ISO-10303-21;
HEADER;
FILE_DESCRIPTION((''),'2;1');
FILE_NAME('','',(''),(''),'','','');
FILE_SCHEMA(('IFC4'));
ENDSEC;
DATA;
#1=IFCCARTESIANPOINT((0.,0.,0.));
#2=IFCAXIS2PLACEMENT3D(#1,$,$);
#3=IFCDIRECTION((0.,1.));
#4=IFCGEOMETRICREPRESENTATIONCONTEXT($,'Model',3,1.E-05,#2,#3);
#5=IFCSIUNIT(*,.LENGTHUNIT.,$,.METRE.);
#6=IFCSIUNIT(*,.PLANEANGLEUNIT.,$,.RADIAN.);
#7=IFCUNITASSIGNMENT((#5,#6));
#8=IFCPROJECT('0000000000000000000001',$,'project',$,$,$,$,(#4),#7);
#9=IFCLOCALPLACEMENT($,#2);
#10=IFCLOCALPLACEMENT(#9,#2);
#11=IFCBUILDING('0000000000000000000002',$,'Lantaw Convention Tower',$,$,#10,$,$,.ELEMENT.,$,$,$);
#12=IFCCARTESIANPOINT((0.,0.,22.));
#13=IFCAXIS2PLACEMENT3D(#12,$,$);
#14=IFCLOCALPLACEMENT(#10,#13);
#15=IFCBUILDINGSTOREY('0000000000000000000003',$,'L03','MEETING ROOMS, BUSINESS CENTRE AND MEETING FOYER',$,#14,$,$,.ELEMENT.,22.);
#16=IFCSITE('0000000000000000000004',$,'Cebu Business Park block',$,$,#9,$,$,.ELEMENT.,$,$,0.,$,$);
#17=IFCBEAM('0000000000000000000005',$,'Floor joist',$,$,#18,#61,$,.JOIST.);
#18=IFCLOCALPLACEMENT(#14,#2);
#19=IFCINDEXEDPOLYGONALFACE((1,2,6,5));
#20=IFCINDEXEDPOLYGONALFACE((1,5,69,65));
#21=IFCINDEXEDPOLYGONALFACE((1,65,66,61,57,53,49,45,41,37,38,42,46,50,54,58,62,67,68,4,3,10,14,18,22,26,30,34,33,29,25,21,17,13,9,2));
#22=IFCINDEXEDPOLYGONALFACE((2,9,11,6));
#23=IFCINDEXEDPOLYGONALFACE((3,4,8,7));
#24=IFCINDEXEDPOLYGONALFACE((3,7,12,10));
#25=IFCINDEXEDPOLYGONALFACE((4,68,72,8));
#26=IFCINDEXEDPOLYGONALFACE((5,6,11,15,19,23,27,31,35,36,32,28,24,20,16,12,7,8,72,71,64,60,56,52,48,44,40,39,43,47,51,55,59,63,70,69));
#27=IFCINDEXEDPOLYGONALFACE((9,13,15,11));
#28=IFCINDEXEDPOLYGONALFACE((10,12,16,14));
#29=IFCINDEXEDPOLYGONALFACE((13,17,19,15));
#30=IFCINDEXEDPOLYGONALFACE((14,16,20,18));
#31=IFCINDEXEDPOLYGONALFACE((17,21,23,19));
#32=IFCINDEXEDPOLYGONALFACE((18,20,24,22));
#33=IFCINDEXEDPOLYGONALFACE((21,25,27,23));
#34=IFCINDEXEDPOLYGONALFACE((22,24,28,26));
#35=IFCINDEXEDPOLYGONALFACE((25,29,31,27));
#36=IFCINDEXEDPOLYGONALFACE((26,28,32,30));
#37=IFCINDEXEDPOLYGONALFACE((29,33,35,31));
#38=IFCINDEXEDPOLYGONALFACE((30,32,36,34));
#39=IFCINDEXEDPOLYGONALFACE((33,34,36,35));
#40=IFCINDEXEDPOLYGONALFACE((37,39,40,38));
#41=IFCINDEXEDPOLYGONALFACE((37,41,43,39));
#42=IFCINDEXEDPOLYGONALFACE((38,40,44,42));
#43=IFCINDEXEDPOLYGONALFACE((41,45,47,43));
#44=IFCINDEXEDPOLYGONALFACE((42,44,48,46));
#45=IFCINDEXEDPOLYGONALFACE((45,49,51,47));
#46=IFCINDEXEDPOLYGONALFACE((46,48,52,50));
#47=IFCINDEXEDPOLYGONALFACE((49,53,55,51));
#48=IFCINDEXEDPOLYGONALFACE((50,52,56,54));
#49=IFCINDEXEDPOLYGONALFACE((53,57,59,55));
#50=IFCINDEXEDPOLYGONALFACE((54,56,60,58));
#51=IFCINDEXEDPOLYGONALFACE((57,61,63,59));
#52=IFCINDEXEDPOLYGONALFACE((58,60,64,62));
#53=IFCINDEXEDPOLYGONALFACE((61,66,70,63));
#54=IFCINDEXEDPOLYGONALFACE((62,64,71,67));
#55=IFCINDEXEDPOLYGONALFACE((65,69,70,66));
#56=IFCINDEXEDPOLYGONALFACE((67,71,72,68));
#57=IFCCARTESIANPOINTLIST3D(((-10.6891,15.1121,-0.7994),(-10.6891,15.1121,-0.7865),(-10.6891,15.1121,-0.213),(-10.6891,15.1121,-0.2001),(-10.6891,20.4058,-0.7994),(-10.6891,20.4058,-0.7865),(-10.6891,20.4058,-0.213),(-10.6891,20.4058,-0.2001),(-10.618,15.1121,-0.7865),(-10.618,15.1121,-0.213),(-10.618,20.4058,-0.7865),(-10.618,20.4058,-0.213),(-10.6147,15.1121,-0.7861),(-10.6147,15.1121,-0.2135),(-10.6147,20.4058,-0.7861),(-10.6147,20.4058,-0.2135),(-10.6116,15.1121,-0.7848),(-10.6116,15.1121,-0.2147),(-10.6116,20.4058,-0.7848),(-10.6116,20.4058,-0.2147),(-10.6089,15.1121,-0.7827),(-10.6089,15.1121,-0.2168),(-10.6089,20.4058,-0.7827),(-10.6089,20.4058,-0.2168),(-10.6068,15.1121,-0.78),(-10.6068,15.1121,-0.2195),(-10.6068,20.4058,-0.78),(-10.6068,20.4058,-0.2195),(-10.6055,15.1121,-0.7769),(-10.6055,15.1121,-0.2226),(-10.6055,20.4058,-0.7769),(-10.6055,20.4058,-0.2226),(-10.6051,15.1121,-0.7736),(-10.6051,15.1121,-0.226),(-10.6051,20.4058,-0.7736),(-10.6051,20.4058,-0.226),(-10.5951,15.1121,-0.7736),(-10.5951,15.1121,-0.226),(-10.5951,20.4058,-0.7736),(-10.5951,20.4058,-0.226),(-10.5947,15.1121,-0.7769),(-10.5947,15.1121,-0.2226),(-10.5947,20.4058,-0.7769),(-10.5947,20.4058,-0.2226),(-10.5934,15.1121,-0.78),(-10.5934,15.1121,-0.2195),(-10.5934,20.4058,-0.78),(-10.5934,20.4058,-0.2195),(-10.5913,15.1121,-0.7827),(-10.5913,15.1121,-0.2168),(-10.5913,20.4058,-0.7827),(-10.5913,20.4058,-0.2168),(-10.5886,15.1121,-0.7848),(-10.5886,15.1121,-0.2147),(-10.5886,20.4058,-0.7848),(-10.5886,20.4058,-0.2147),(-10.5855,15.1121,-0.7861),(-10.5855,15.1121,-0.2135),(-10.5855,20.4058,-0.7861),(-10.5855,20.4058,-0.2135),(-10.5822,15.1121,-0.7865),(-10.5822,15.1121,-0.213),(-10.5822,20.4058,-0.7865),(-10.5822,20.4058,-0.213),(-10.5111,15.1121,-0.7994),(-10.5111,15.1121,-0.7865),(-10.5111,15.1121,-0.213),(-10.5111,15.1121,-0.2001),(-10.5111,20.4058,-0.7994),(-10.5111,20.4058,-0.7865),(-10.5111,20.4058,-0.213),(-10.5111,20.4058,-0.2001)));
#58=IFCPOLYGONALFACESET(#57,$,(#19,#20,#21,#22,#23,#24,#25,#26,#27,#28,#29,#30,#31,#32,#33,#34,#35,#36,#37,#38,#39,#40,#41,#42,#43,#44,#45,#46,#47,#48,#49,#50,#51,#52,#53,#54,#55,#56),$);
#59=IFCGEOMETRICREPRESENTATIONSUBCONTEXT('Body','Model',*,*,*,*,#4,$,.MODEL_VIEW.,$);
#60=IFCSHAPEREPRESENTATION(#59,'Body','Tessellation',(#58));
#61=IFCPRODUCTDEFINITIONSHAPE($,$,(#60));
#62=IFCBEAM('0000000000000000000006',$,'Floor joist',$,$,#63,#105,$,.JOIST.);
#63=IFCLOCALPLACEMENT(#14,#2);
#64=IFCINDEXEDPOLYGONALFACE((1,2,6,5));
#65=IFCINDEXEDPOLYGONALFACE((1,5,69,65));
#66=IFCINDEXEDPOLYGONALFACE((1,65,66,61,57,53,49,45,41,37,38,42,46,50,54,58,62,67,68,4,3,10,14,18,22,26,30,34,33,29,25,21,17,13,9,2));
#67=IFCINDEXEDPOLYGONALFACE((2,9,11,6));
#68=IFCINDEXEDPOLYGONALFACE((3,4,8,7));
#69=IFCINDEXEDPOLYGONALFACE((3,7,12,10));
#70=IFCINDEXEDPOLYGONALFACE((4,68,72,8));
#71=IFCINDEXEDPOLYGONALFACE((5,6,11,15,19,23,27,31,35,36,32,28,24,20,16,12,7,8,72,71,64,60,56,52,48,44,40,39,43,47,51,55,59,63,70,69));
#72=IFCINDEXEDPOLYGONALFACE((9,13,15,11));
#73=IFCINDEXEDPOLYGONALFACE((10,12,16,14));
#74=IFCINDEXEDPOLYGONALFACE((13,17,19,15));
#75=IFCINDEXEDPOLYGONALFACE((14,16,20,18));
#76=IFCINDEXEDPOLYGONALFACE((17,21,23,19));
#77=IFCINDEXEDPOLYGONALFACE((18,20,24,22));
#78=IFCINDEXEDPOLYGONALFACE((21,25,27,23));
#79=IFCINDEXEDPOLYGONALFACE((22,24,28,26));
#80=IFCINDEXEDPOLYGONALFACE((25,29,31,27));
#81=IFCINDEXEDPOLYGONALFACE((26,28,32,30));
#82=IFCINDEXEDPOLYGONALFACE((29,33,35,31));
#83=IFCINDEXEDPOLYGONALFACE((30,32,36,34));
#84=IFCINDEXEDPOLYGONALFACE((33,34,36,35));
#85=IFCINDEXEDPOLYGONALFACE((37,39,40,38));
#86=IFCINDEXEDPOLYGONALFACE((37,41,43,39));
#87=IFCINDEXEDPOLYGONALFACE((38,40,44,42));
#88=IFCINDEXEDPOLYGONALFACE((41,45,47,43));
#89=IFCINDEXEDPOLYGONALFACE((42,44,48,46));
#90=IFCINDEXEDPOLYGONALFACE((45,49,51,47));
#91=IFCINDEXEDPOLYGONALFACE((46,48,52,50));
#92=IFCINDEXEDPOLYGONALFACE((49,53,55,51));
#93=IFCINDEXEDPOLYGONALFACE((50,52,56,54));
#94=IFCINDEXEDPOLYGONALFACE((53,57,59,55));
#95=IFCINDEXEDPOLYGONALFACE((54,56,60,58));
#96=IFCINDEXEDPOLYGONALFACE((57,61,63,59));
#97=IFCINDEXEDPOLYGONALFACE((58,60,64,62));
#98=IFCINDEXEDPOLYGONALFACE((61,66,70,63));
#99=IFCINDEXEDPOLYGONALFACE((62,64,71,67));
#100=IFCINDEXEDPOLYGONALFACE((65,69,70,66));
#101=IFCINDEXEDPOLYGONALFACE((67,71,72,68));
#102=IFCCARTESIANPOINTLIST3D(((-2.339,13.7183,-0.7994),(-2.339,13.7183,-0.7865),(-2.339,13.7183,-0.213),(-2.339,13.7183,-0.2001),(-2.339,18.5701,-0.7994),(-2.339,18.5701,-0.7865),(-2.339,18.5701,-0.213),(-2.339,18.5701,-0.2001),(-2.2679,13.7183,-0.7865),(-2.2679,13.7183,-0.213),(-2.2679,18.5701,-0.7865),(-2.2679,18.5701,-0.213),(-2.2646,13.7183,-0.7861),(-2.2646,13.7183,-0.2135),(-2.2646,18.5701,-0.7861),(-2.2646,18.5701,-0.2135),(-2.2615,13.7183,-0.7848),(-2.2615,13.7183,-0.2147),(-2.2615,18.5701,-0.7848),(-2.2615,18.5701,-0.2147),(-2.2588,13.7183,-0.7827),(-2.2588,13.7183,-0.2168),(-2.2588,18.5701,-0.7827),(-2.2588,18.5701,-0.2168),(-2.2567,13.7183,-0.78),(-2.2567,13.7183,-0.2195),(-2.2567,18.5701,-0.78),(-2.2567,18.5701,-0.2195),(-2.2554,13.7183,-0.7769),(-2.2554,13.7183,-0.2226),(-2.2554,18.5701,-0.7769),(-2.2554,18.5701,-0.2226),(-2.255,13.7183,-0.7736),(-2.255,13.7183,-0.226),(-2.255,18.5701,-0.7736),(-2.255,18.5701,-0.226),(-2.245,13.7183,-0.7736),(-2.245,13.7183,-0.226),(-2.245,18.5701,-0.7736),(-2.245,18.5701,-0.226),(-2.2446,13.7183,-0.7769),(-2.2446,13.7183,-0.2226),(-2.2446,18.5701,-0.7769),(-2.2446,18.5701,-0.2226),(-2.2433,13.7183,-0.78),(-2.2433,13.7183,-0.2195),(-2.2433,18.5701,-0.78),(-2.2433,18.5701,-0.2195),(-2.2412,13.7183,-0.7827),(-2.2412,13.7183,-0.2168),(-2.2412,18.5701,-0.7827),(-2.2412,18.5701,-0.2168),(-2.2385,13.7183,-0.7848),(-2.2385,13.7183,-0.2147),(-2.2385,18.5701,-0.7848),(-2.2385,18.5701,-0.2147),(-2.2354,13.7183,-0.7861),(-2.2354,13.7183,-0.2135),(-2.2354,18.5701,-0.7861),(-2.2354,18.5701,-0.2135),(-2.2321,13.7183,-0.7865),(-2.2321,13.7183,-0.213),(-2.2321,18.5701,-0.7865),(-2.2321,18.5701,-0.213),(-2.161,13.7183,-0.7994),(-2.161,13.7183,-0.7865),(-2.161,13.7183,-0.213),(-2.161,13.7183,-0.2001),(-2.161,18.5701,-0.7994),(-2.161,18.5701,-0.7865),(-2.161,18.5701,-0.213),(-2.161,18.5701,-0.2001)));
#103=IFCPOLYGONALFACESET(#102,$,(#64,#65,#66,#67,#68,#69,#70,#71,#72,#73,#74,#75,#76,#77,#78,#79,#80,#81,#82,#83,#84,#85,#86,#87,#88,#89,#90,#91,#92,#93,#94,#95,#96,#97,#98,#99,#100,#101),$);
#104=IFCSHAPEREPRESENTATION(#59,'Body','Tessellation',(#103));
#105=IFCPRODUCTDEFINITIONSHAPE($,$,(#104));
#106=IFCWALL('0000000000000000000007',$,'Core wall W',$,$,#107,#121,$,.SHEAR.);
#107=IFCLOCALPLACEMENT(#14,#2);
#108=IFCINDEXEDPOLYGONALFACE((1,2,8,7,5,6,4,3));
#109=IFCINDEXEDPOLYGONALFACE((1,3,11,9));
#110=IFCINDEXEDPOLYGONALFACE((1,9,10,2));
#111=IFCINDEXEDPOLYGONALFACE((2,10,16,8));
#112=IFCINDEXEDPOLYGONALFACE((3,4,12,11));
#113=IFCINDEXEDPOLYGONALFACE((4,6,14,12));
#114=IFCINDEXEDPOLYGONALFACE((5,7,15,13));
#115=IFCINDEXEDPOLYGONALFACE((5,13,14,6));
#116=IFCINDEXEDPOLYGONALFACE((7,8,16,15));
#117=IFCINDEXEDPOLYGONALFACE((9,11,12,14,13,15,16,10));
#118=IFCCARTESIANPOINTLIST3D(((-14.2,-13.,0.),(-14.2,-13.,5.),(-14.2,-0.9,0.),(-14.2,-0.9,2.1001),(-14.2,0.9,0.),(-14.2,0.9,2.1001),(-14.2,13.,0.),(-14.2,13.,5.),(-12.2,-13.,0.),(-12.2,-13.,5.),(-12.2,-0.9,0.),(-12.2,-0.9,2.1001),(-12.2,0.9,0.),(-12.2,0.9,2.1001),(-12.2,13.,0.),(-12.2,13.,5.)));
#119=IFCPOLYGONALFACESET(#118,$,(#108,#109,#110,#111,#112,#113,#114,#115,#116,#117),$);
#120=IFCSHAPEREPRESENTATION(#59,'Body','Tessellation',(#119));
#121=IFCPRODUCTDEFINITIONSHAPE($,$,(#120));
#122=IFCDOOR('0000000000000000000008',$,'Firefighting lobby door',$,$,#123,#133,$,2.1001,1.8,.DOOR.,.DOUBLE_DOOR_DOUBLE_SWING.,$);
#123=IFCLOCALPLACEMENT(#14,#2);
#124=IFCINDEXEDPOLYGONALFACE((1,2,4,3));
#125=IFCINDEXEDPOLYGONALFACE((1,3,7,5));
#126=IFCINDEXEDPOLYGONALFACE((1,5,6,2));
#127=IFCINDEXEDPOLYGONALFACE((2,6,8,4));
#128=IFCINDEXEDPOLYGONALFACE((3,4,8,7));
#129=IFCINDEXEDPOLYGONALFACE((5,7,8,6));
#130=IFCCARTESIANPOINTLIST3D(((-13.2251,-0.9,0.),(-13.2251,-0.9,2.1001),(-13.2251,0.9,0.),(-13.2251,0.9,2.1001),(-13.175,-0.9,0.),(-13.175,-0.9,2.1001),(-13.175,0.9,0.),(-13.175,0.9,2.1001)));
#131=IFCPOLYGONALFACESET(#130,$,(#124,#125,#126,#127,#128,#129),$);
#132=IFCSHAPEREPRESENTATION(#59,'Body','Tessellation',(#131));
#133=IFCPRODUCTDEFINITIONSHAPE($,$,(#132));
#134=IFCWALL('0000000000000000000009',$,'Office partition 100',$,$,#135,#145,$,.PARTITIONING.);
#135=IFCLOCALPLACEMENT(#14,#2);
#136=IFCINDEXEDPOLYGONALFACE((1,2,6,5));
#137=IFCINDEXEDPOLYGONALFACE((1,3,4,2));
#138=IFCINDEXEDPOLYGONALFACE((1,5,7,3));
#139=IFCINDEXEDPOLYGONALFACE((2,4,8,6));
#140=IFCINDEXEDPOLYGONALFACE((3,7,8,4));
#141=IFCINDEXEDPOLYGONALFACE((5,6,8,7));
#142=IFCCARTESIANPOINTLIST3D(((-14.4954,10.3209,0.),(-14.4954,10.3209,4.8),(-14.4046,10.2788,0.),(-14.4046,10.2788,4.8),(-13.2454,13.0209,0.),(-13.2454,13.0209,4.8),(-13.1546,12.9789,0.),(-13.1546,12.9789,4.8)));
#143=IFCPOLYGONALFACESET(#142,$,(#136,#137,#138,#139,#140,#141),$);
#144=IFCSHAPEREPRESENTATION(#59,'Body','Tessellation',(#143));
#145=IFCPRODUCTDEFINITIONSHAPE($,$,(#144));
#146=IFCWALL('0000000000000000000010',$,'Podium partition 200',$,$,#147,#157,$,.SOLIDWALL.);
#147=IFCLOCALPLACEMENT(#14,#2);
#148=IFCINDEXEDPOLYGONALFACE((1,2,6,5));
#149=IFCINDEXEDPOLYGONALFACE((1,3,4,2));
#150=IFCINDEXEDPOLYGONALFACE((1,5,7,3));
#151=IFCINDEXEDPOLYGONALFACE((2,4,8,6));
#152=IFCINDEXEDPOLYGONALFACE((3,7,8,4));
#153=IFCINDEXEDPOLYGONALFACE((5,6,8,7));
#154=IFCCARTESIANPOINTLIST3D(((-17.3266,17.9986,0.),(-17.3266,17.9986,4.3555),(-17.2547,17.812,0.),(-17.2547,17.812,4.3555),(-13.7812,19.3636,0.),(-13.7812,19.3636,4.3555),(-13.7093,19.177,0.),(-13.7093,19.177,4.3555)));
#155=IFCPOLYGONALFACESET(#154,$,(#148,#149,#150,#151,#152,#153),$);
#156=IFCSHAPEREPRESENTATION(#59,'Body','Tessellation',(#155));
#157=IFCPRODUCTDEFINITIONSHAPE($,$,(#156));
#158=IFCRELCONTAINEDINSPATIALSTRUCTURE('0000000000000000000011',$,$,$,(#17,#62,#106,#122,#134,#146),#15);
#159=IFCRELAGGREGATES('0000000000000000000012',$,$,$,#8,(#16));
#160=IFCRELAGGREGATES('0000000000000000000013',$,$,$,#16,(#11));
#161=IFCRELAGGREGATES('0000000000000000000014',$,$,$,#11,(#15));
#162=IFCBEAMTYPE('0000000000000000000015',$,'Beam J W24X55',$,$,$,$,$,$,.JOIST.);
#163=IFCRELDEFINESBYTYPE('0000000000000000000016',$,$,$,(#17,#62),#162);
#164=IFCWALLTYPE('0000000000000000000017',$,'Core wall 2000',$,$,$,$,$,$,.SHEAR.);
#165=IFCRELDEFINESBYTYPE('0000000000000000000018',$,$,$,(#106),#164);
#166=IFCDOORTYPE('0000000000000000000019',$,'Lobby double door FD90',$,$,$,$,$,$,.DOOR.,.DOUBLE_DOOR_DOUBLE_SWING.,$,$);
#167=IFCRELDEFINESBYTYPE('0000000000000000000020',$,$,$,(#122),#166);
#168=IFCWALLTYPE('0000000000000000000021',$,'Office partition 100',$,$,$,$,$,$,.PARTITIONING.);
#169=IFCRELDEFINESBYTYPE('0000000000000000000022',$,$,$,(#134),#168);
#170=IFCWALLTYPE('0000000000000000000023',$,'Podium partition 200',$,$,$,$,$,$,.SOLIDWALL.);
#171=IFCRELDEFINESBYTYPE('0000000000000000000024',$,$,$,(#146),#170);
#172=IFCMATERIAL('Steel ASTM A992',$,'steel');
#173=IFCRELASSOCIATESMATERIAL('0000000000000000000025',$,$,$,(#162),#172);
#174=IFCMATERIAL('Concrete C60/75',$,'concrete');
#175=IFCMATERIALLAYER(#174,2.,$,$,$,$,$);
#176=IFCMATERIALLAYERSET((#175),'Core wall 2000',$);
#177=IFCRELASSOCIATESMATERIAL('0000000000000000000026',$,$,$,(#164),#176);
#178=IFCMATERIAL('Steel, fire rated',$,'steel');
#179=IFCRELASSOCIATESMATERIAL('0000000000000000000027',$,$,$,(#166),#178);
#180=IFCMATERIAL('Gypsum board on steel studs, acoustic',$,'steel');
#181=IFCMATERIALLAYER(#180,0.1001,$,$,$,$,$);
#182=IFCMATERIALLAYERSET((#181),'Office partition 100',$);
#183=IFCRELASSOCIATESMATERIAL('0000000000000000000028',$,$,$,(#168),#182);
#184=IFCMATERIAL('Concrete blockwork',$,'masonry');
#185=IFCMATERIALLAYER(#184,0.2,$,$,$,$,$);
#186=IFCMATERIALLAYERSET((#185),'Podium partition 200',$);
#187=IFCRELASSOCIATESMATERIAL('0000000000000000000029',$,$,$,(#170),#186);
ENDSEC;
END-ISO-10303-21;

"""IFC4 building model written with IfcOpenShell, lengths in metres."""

from ifc_helpers import new_model, si_unit, direction, frame, frame_2d, origin, origin_2d, place, context, subcontext, project, spatial, rectangle, i_section, extrude, material, layer, layer_set, material_profile, profile_set, type_object, element, fill, save


model = new_model("IFC4")

# Units and contexts
model_context = context("Model", 3, precision=1e-05, world=origin(), true_north=direction((0.0, 1.0)))
body_context = subcontext(model_context, "Body", "Model", "MODEL_VIEW")
ifc_project = project(units=[si_unit("LENGTHUNIT", "METRE"), si_unit("PLANEANGLEUNIT", "RADIAN")], contexts=[model_context])

# Site, building, storey
site_placement = place(None, origin())
site = spatial("IfcSite", under=ifc_project, at=site_placement, Name="Cebu Business Park block", CompositionType="ELEMENT", RefElevation=0.0)
building_placement = place(site_placement, origin())
building = spatial("IfcBuilding", under=site, at=building_placement, Name="Lantaw Convention Tower", CompositionType="ELEMENT")
storey_placement = place(building_placement, frame((0.0, 0.0, 22.0)))
storey = spatial("IfcBuildingStorey", under=building, at=storey_placement, Name="L03", Description="MEETING ROOMS, BUSINESS CENTRE AND MEETING FOYER", CompositionType="ELEMENT", Elevation=22.0)

# Shared definitions
ifc_material_1 = material(Name="Concrete C60/75", Category="concrete")

# Beams
ifc_material_2 = material(Name="Steel ASTM A992", Category="steel")
ifc_material_profile_1 = material_profile(ifc_material_2, i_section(OverallWidth=0.178, OverallDepth=0.5994, WebThickness=0.01, FlangeThickness=0.0129, FilletRadius=0.0129, at=origin_2d()), Name="W24X55")
ifc_profile_set_1 = profile_set([ifc_material_profile_1], Name="Steel ASTM A992")
beam_type_1 = type_object("IfcBeamType", Name="Beam J W24X55", PredefinedType="JOIST", material=ifc_profile_set_1)
beam_1_placement = place(storey_placement, frame((-10.6001, 15.1121, -0.4998), z_axis=(0.0, 1.0, 0.0), x_axis=(-1.0, 0.0, 0.0)))
element("IfcBeam", 1, at=beam_1_placement, inside=storey, type_object=beam_type_1, Name="Floor joist", PredefinedType="JOIST", context=body_context, shape_type="SweptSolid", body=[
    extrude(i_section(OverallWidth=0.178, OverallDepth=0.5994, WebThickness=0.01, FlangeThickness=0.0129, FilletRadius=0.0129, at=origin_2d()), origin(), (0.0, 0.0, 1.0), 5.2937),
])
beam_2_placement = place(storey_placement, frame((-2.25, 13.7183, -0.4998), z_axis=(0.0, 1.0, 0.0), x_axis=(-1.0, 0.0, 0.0)))
element("IfcBeam", 2, at=beam_2_placement, inside=storey, type_object=beam_type_1, Name="Floor joist", PredefinedType="JOIST", context=body_context, shape_type="SweptSolid", body=[
    extrude(i_section(OverallWidth=0.178, OverallDepth=0.5994, WebThickness=0.01, FlangeThickness=0.0129, FilletRadius=0.0129, at=origin_2d()), origin(), (0.0, 0.0, 1.0), 4.8518),
])

# Wall, opening, door
ifc_layer_1 = layer(ifc_material_1, 2.0)
ifc_layer_set_1 = layer_set([ifc_layer_1], Name="Core wall 2000")
wall_type_1 = type_object("IfcWallType", Name="Core wall 2000", PredefinedType="SHEAR", material=ifc_layer_set_1)
wall_1_placement = place(storey_placement, frame((-13.2, 13.0, 0.0), z_axis=(0.0, 0.0, 1.0), x_axis=(0.0, -1.0, 0.0)))
wall_1 = element("IfcWall", 3, at=wall_1_placement, inside=storey, type_object=wall_type_1, Name="Core wall W", PredefinedType="SHEAR", context=body_context, shape_type="SweptSolid", body=[
    extrude(rectangle(XDim=26.0, YDim=2.0, at=frame_2d((13.0, 0.0))), origin(), (0.0, 0.0, 1.0), 5.0),
])
opening_1_placement = place(wall_1_placement, frame((12.1001, 0.0, 0.0)))
opening_1 = element("IfcOpeningElement", 4, at=opening_1_placement, cuts=wall_1, PredefinedType="OPENING", context=body_context, shape_type="SweptSolid", body=[
    extrude(rectangle(XDim=1.8, YDim=2.1001, at=frame_2d((0.8999, 1.05))), frame((0.0, 1.01, 0.0), z_axis=(0.0, -1.0, 0.0), x_axis=(1.0, 0.0, 0.0)), (0.0, 0.0, 1.0), 2.02),
])
ifc_material_3 = material(Name="Steel, fire rated", Category="steel")
door_type_1 = type_object("IfcDoorType", Name="Lobby double door FD90", OperationType="DOUBLE_DOOR_DOUBLE_SWING", PredefinedType="DOOR", material=ifc_material_3)
door_1_placement = place(opening_1_placement, origin())
door_1 = element("IfcDoor", 5, at=door_1_placement, inside=storey, type_object=door_type_1, Name="Firefighting lobby door", OperationType="DOUBLE_DOOR_DOUBLE_SWING", OverallHeight=2.1001, OverallWidth=1.8, PredefinedType="DOOR", context=body_context, shape_type="SweptSolid", body=[
    extrude(rectangle(XDim=1.8, YDim=2.1001, at=frame_2d((0.8999, 1.05))), frame((0.0, 0.0249, 0.0), z_axis=(0.0, -1.0, 0.0), x_axis=(1.0, 0.0, 0.0)), (0.0, 0.0, 1.0), 0.05),
])
fill(opening_1, door_1)

# Walls
ifc_material_4 = material(Name="Gypsum board on steel studs, acoustic", Category="steel")
ifc_layer_2 = layer(ifc_material_4, 0.1001)
ifc_layer_set_2 = layer_set([ifc_layer_2], Name="Office partition 100")
wall_type_2 = type_object("IfcWallType", Name="Office partition 100", PredefinedType="PARTITIONING", material=ifc_layer_set_2)
wall_2_placement = place(storey_placement, frame((-13.2, 13.0, 0.0), z_axis=(0.0, 0.0, 1.0), x_axis=(-0.42013, -0.907464, 0.0)))
element("IfcWall", 6, at=wall_2_placement, inside=storey, type_object=wall_type_2, Name="Office partition 100", PredefinedType="PARTITIONING", context=body_context, shape_type="SweptSolid", body=[
    extrude(rectangle(XDim=2.9753, YDim=0.1001, at=frame_2d((1.4878, 0.0))), origin(), (0.0, 0.0, 1.0), 4.8),
])
ifc_material_5 = material(Name="Concrete blockwork", Category="masonry")
ifc_layer_3 = layer(ifc_material_5, 0.2)
ifc_layer_set_3 = layer_set([ifc_layer_3], Name="Podium partition 200")
wall_type_3 = type_object("IfcWallType", Name="Podium partition 200", PredefinedType="SOLIDWALL", material=ifc_layer_set_3)
wall_3_placement = place(storey_placement, frame((-13.7454, 19.2703, 0.0), z_axis=(0.0, 0.0, 1.0), x_axis=(-0.933225, -0.359293, 0.0)))
element("IfcWall", 7, at=wall_3_placement, inside=storey, type_object=wall_type_3, Name="Podium partition 200", PredefinedType="SOLIDWALL", context=body_context, shape_type="SweptSolid", body=[
    extrude(rectangle(XDim=3.7991, YDim=0.2, at=frame_2d((1.8994, 0.0))), origin(), (0.0, 0.0, 1.0), 4.3555),
])

save(model, "model.ifc")
